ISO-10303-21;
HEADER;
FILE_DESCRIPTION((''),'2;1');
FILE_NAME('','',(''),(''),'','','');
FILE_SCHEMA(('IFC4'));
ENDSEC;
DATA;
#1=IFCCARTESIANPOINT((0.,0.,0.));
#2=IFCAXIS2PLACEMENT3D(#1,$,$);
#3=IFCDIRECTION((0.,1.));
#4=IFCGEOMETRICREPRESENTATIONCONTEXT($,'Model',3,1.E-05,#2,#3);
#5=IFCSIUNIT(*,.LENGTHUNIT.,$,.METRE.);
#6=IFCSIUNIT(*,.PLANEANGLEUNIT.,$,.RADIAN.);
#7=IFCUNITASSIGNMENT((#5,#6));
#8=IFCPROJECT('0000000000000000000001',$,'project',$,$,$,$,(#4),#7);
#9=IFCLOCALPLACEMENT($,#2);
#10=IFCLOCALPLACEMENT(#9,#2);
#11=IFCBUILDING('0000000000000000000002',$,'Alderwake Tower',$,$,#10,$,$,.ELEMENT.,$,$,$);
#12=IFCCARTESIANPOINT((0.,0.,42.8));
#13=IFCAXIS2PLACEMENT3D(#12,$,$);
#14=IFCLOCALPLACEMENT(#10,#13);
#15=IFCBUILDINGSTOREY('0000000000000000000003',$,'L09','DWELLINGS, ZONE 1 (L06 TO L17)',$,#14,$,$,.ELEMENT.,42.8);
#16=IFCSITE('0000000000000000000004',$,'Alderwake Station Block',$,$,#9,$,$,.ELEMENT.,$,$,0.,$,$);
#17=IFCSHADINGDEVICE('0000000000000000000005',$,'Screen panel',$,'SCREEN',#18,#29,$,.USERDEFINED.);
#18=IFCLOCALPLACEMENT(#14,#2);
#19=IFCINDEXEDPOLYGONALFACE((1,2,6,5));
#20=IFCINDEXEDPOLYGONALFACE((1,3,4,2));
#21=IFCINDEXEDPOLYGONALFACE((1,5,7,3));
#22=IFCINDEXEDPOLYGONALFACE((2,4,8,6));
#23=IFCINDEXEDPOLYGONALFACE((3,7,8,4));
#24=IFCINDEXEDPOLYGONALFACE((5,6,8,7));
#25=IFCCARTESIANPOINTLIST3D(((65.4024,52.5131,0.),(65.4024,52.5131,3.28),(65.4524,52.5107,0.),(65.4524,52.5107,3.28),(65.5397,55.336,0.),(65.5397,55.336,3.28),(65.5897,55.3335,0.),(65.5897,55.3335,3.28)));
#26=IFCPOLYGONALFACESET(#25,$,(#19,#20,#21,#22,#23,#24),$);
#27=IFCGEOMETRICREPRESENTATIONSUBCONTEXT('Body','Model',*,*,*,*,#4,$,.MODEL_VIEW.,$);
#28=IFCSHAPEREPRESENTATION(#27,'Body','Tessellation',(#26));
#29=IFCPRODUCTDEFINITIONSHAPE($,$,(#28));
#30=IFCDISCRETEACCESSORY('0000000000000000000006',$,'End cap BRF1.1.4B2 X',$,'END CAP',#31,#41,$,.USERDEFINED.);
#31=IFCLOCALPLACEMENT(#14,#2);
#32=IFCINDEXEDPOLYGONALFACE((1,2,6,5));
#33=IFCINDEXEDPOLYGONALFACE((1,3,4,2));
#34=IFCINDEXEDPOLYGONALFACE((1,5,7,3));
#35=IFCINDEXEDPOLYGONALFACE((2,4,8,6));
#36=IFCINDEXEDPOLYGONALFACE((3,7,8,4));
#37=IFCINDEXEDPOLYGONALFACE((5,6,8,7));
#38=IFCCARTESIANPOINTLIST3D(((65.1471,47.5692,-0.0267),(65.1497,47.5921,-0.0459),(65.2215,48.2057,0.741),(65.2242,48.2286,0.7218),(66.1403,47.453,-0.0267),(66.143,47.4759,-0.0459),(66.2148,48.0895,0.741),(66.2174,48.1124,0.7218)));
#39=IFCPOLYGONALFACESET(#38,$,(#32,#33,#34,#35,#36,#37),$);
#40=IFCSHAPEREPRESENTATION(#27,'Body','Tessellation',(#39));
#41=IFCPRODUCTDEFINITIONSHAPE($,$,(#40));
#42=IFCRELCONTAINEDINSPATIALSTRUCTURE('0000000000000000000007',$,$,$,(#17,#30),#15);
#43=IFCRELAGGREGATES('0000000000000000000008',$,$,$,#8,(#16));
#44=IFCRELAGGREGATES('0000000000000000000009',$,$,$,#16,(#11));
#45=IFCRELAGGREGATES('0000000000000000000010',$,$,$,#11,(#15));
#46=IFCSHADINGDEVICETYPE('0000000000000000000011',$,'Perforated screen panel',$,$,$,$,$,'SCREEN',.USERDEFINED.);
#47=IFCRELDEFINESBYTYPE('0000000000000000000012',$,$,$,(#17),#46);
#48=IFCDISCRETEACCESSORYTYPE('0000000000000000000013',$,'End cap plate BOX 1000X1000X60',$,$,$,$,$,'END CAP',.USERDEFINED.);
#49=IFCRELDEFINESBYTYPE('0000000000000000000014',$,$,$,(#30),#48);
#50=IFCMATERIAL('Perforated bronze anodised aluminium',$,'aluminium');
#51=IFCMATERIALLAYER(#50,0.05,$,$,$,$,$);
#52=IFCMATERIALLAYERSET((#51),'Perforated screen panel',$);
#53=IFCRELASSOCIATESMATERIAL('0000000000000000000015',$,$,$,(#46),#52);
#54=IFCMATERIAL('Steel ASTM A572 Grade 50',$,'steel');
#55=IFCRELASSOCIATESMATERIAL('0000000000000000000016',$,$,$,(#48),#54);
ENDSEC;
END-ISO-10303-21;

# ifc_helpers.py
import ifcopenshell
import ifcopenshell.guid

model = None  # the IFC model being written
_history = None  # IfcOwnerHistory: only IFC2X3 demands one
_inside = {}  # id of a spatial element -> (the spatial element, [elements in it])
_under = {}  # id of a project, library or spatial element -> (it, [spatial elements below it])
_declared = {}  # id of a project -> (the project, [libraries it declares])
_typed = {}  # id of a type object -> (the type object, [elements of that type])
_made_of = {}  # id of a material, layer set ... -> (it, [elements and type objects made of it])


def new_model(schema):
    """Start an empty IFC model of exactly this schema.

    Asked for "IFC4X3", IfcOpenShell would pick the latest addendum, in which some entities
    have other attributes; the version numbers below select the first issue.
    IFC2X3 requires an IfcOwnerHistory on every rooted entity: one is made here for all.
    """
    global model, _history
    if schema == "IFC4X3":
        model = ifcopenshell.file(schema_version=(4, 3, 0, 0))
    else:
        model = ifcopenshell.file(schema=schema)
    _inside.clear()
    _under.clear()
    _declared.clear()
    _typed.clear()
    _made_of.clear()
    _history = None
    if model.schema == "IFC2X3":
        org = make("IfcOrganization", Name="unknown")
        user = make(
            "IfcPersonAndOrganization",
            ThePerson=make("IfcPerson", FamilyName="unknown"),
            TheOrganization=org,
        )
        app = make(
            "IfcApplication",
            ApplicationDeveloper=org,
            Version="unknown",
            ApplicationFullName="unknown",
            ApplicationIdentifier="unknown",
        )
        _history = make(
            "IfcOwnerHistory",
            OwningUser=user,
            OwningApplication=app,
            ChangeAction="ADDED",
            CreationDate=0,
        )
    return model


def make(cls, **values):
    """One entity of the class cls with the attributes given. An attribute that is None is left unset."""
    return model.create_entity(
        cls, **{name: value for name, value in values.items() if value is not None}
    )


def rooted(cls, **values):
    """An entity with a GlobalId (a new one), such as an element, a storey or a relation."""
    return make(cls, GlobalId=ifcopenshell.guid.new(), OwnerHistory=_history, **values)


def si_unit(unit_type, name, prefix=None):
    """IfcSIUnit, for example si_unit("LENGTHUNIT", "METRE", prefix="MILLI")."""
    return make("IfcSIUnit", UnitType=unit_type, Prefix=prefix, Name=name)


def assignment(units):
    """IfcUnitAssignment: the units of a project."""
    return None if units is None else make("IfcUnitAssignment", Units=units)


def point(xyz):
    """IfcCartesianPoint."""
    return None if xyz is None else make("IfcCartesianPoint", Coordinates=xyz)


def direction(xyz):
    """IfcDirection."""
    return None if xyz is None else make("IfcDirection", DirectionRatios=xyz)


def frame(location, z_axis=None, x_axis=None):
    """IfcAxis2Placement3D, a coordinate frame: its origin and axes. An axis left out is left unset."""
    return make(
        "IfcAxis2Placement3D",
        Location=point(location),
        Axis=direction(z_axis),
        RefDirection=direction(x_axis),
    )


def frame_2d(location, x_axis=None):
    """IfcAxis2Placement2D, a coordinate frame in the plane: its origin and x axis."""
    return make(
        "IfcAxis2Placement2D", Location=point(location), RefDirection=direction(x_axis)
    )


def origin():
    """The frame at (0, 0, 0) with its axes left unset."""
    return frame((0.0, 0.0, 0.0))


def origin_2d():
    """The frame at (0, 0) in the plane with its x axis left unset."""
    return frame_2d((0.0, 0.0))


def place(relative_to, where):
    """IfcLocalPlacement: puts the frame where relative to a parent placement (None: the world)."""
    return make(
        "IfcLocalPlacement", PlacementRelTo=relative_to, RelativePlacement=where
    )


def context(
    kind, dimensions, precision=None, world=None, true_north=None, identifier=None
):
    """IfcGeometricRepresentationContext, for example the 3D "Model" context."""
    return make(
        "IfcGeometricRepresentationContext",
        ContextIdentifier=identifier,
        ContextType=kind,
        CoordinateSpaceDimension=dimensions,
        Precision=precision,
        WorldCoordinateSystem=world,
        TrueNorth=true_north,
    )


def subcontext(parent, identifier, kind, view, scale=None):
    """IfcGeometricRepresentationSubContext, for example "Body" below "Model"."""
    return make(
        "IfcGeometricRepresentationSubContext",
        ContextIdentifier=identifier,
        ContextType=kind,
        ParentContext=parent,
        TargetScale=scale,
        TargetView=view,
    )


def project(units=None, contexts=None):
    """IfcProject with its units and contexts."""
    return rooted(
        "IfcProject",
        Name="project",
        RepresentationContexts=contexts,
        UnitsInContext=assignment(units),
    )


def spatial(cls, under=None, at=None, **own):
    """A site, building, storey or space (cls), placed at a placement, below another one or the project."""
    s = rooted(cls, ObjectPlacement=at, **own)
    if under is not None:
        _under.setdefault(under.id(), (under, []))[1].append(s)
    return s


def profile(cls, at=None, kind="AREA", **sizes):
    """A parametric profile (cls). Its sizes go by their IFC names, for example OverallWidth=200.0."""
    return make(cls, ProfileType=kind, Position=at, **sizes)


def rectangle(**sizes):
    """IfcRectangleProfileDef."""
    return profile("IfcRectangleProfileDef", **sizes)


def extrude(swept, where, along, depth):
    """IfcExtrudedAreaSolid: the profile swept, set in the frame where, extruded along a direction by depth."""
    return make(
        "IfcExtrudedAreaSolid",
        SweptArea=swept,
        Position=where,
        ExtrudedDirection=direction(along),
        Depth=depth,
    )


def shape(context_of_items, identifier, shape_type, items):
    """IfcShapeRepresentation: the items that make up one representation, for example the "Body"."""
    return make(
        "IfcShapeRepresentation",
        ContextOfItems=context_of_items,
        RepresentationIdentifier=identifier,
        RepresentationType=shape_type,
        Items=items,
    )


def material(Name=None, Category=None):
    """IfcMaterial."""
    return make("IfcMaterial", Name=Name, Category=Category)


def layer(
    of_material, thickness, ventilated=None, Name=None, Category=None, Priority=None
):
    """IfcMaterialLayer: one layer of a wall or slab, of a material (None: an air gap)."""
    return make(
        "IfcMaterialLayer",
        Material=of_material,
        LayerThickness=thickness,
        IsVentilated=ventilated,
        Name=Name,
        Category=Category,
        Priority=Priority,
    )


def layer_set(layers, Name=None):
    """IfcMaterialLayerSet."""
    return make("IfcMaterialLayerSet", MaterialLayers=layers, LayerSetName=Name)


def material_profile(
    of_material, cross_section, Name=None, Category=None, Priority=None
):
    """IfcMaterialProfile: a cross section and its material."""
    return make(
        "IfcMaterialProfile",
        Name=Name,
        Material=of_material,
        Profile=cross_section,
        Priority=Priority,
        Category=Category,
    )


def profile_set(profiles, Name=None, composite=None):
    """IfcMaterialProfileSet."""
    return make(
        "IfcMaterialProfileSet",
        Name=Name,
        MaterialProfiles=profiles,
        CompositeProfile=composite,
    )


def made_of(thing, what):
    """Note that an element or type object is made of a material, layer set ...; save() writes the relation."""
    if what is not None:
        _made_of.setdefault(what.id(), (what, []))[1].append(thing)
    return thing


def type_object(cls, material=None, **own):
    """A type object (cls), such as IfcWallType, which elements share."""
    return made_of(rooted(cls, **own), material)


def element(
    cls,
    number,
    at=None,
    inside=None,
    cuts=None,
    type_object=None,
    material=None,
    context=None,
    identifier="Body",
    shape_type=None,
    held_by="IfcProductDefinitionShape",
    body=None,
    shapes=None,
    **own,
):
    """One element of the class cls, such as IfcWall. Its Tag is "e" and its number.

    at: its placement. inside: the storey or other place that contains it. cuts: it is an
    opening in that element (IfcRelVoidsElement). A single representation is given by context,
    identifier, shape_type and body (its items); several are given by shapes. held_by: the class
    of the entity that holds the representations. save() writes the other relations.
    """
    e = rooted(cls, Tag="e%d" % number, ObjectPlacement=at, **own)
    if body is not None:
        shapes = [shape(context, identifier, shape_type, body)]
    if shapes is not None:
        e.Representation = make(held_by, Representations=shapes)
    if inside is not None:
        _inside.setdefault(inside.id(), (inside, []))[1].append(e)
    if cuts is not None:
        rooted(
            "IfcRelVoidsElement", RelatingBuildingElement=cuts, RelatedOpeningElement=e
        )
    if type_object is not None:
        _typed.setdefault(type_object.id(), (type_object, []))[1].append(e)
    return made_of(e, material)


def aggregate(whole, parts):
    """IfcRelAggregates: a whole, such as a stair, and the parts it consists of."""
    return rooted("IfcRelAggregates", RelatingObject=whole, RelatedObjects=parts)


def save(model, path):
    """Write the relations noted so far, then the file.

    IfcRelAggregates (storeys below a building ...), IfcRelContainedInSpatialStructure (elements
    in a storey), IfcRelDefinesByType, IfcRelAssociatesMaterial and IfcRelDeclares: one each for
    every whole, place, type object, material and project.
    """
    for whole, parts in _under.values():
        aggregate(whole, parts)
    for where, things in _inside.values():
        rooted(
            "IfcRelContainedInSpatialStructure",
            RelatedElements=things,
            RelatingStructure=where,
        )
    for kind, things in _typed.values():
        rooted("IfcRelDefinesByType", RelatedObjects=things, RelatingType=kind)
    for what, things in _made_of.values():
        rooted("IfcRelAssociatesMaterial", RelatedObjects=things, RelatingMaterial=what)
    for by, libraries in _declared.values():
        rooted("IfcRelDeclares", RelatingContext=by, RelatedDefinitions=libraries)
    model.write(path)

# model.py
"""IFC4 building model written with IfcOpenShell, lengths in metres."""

from ifc_helpers import new_model, si_unit, direction, frame, origin, origin_2d, place, context, subcontext, project, spatial, rectangle, extrude, material, layer, layer_set, material_profile, profile_set, type_object, element, save


model = new_model("IFC4")

# Units and contexts
model_context = context("Model", 3, precision=1e-05, world=origin(), true_north=direction((0.0, 1.0)))
body_context = subcontext(model_context, "Body", "Model", "MODEL_VIEW")
ifc_project = project(units=[si_unit("LENGTHUNIT", "METRE"), si_unit("PLANEANGLEUNIT", "RADIAN")], contexts=[model_context])

# Site, building, storey
site_placement = place(None, origin())
site = spatial("IfcSite", under=ifc_project, at=site_placement, Name="Alderwake Station Block", CompositionType="ELEMENT", RefElevation=0.0)
building_placement = place(site_placement, origin())
building = spatial("IfcBuilding", under=site, at=building_placement, Name="Alderwake Tower", CompositionType="ELEMENT")
storey_placement = place(building_placement, frame((0.0, 0.0, 42.8)))
storey = spatial("IfcBuildingStorey", under=building, at=storey_placement, Name="L09", Description="DWELLINGS, ZONE 1 (L06 TO L17)", CompositionType="ELEMENT", Elevation=42.8)

# Shading device
ifc_material_1 = material(Name="Perforated bronze anodised aluminium", Category="aluminium")
ifc_layer_1 = layer(ifc_material_1, 0.05)
ifc_layer_set_1 = layer_set([ifc_layer_1], Name="Perforated screen panel")
shading_device_type_1 = type_object("IfcShadingDeviceType", Name="Perforated screen panel", ElementType="SCREEN", PredefinedType="USERDEFINED", material=ifc_layer_set_1)
shading_device_placement = place(storey_placement, frame((65.4961, 53.9233, 0.0), z_axis=(0.0, 0.0, 1.0), x_axis=(0.998819, -0.048581, 0.0)))
element("IfcShadingDevice", 1, at=shading_device_placement, inside=storey, type_object=shading_device_type_1, Name="Screen panel", ObjectType="SCREEN", PredefinedType="USERDEFINED", context=body_context, shape_type="SweptSolid", body=[
    extrude(rectangle(XDim=0.05, YDim=2.8262, at=origin_2d()), origin(), (0.0, 0.0, 1.0), 3.28),
])

# Discrete accessory
ifc_material_2 = material(Name="Steel ASTM A572 Grade 50", Category="steel")
ifc_material_profile_1 = material_profile(ifc_material_2, rectangle(XDim=1.0, YDim=1.0, at=origin_2d()), Name="BOX 1000X1000X60 cap")
ifc_profile_set_1 = profile_set([ifc_material_profile_1], Name="Steel ASTM A572 Grade 50")
discrete_accessory_type = type_object("IfcDiscreteAccessoryType", Name="End cap plate BOX 1000X1000X60", ElementType="END CAP", PredefinedType="USERDEFINED", material=ifc_profile_set_1)
discrete_accessory_placement = place(storey_placement, frame((65.6809, 47.8293, 0.3572), z_axis=(0.089228, 0.762491, -0.640817), x_axis=(-0.993223, 0.116228, 0.0)))
element("IfcDiscreteAccessory", 2, at=discrete_accessory_placement, inside=storey, type_object=discrete_accessory_type, Name="End cap BRF1.1.4B2 X", ObjectType="END CAP", PredefinedType="USERDEFINED", context=body_context, shape_type="SweptSolid", body=[
    extrude(rectangle(XDim=1.0, YDim=1.0, at=origin_2d()), origin(), (0.0, 0.0, 1.0), 0.03),
])

save(model, "model.ifc")
